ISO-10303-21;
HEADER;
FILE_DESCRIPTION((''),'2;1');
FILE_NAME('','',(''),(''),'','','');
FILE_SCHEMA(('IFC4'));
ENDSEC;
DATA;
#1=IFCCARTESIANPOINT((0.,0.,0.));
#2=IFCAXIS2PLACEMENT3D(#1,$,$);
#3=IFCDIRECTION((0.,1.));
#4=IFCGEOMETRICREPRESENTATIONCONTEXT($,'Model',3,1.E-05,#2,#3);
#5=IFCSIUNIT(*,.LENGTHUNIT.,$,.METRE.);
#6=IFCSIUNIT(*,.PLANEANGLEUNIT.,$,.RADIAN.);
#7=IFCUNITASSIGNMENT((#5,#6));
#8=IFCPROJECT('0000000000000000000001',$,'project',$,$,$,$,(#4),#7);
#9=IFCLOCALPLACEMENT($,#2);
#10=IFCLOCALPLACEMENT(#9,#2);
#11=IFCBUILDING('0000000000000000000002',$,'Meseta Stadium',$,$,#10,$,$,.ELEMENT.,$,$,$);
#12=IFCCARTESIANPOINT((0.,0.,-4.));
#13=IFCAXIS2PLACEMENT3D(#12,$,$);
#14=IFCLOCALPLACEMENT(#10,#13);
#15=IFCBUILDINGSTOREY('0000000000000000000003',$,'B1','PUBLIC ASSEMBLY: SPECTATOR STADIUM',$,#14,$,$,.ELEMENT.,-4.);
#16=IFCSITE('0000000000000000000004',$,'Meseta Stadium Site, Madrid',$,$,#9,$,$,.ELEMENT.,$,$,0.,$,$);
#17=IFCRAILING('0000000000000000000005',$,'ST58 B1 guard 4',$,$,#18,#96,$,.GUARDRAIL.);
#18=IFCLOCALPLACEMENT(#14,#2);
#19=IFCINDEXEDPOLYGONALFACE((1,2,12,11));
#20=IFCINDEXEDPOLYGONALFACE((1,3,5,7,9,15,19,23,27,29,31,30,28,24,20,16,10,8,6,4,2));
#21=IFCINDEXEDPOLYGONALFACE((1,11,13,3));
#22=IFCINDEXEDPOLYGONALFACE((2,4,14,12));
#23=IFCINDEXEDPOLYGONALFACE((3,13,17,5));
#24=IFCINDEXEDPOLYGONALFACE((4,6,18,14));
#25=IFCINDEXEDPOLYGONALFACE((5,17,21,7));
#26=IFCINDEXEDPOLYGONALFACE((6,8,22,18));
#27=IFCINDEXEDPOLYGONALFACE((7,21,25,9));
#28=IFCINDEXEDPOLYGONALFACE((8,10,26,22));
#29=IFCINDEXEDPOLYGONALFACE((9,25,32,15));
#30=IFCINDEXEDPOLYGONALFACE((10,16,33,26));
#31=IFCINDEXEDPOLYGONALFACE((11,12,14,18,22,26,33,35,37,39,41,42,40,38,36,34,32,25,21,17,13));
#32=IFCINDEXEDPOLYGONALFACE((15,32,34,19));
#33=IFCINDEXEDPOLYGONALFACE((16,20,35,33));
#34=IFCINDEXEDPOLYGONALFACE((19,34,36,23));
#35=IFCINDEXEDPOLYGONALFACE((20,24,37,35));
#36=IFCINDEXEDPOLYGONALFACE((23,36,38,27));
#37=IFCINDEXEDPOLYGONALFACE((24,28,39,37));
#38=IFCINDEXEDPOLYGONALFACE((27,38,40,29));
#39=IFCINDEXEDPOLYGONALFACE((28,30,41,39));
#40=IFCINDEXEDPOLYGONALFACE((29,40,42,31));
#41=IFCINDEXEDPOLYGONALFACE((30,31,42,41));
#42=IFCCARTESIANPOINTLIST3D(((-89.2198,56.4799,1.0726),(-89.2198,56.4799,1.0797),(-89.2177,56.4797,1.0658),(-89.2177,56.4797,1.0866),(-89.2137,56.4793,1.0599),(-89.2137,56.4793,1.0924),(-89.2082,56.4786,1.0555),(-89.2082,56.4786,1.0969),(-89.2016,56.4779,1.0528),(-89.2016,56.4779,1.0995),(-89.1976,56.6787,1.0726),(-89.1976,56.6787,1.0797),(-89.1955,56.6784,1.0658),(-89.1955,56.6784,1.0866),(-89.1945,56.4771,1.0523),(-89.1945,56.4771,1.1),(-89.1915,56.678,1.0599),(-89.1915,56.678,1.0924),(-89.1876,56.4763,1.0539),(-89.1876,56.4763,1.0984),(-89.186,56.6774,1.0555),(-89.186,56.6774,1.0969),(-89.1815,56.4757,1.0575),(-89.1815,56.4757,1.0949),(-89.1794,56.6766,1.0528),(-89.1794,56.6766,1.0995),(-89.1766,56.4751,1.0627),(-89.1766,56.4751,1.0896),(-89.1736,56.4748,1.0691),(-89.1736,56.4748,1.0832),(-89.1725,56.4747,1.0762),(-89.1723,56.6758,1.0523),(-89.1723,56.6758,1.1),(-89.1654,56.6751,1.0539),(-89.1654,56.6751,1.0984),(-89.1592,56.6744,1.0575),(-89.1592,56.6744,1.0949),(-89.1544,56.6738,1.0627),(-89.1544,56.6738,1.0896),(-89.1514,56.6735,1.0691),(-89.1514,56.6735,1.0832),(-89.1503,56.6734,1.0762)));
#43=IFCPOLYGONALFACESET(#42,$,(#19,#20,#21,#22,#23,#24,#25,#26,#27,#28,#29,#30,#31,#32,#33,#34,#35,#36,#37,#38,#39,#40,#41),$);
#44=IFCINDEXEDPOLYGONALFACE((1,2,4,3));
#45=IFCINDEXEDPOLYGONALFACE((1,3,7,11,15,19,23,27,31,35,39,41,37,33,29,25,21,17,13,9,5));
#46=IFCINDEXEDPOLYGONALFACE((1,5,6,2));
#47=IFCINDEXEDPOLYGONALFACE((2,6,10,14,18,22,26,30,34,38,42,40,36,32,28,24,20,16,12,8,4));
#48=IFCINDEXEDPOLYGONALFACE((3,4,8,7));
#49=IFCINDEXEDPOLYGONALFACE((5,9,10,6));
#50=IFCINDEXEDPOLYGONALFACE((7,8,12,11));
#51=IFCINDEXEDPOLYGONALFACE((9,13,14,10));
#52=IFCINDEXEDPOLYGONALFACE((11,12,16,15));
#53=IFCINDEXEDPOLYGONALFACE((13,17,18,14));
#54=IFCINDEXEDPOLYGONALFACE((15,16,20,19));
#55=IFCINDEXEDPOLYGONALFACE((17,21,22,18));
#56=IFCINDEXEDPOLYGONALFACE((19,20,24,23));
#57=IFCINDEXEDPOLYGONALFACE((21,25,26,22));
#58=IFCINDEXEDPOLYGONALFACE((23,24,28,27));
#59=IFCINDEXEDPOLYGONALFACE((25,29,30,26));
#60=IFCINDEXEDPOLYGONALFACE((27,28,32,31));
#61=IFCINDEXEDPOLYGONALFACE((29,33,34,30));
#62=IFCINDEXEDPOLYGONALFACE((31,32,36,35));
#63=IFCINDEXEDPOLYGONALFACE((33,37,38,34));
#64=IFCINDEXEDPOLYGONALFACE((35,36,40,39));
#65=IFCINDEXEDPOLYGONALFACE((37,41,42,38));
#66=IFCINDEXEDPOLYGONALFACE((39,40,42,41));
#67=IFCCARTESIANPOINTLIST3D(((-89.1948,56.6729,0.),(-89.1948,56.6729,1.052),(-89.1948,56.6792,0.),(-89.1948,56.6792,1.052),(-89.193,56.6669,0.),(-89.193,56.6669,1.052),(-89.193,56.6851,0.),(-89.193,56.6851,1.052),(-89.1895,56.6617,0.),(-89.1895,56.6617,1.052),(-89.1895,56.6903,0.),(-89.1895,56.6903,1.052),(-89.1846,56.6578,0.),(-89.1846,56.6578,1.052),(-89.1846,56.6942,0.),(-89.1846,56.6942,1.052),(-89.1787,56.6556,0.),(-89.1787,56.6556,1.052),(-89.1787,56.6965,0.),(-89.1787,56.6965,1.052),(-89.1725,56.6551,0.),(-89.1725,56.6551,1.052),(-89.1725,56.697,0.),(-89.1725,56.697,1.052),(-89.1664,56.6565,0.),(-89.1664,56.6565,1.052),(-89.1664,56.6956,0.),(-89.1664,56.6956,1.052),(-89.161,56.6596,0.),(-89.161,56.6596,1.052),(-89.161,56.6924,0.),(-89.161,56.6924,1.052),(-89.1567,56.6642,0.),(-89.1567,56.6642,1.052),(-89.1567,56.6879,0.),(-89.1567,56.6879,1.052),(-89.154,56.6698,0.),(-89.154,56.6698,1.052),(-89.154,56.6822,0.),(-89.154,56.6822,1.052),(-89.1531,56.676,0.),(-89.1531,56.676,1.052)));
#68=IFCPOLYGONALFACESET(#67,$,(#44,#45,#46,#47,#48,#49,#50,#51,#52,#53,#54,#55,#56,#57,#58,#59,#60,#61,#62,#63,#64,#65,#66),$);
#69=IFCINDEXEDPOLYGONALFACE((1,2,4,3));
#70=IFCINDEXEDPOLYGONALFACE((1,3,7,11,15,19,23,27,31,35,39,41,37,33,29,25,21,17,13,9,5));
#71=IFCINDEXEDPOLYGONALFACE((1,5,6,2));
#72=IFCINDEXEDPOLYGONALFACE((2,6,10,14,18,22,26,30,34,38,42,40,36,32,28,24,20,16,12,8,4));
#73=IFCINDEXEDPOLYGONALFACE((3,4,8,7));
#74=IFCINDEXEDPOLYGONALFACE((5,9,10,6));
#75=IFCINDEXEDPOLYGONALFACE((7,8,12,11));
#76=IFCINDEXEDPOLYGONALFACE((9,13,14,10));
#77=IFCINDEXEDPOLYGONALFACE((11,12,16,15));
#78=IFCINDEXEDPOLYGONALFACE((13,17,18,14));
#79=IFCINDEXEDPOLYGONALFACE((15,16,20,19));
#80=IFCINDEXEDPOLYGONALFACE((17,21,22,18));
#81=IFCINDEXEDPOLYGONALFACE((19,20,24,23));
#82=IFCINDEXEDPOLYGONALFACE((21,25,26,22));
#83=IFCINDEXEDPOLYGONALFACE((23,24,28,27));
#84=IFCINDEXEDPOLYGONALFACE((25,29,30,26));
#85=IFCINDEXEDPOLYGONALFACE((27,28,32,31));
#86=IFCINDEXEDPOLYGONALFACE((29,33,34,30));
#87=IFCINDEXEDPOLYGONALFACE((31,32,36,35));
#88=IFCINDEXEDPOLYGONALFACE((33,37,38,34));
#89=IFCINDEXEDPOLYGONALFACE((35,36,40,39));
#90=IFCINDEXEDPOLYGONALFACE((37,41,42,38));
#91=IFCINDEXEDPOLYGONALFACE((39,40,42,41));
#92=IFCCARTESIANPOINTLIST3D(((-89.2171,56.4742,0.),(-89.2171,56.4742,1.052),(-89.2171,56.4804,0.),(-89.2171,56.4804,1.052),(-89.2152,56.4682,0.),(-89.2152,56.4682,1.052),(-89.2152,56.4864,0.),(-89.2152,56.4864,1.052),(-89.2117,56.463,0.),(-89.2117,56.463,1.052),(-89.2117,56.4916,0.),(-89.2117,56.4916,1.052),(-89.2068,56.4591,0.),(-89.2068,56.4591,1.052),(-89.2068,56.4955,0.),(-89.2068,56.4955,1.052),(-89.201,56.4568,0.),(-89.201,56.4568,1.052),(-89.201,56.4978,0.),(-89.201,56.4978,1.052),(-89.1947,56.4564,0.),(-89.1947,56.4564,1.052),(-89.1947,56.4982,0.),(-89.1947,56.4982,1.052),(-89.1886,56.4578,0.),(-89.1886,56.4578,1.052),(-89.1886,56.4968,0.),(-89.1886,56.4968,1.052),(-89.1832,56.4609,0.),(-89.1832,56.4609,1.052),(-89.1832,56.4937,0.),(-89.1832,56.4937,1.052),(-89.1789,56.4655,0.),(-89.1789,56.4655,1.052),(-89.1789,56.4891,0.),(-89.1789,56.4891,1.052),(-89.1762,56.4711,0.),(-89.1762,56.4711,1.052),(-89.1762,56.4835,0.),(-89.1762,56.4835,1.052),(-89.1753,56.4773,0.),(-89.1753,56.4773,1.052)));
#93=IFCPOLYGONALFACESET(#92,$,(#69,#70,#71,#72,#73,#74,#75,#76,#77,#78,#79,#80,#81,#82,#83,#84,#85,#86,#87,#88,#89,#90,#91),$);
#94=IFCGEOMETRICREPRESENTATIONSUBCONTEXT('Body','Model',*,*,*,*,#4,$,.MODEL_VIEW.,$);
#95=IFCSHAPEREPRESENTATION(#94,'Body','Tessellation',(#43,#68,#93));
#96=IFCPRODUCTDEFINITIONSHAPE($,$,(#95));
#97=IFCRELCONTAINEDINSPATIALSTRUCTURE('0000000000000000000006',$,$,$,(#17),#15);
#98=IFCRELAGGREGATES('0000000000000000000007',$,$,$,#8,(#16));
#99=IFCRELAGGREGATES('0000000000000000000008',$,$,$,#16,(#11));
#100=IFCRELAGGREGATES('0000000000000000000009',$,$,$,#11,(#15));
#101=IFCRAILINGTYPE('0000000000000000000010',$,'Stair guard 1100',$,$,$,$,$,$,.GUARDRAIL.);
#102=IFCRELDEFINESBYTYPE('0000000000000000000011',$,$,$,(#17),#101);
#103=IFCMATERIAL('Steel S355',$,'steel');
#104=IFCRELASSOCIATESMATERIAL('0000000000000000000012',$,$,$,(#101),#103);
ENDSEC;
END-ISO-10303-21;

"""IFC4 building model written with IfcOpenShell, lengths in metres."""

from ifc_helpers import new_model, si_unit, direction, frame, origin, origin_2d, place, context, subcontext, project, spatial, circle, extrude, material, type_object, element, save


model = new_model("IFC4")

# Units and contexts
model_context = context("Model", 3, precision=1e-05, world=origin(), true_north=direction((0.0, 1.0)))
body_context = subcontext(model_context, "Body", "Model", "MODEL_VIEW")
ifc_project = project(units=[si_unit("LENGTHUNIT", "METRE"), si_unit("PLANEANGLEUNIT", "RADIAN")], contexts=[model_context])

# Site, building, storey
site_placement = place(None, origin())
site = spatial("IfcSite", under=ifc_project, at=site_placement, Name="Meseta Stadium Site, Madrid", CompositionType="ELEMENT", RefElevation=0.0)
building_placement = place(site_placement, origin())
building = spatial("IfcBuilding", under=site, at=building_placement, Name="Meseta Stadium", CompositionType="ELEMENT")
storey_placement = place(building_placement, frame((0.0, 0.0, -4.0)))
storey = spatial("IfcBuildingStorey", under=building, at=storey_placement, Name="B1", Description="PUBLIC ASSEMBLY: SPECTATOR STADIUM", CompositionType="ELEMENT", Elevation=-4.0)

# Railing
ifc_material_1 = material(Name="Steel S355", Category="steel")
railing_type_1 = type_object("IfcRailingType", Name="Stair guard 1100", PredefinedType="GUARDRAIL", material=ifc_material_1)
railing_1_placement = place(storey_placement, frame((-89.1741, 56.676, 0.0)))
element("IfcRailing", 1, at=railing_1_placement, inside=storey, type_object=railing_type_1, Name="ST58 B1 guard 4", PredefinedType="GUARDRAIL", context=body_context, shape_type="SweptSolid", body=[
    extrude(circle(Radius=0.0239, at=origin_2d()), frame((0.0, 0.0, 1.0762), z_axis=(-0.111102, -0.993809, 0.0), x_axis=(0.993809, -0.111102, 0.0)), (0.0, 0.0, 1.0), 0.2),
    extrude(circle(Radius=0.021, at=origin_2d()), origin(), (0.0, 0.0, 1.0), 1.052),
    extrude(circle(Radius=0.021, at=origin_2d()), frame((-0.0222, -0.1987, 0.0)), (0.0, 0.0, 1.0), 1.052),
])

save(model, "model.ifc")
